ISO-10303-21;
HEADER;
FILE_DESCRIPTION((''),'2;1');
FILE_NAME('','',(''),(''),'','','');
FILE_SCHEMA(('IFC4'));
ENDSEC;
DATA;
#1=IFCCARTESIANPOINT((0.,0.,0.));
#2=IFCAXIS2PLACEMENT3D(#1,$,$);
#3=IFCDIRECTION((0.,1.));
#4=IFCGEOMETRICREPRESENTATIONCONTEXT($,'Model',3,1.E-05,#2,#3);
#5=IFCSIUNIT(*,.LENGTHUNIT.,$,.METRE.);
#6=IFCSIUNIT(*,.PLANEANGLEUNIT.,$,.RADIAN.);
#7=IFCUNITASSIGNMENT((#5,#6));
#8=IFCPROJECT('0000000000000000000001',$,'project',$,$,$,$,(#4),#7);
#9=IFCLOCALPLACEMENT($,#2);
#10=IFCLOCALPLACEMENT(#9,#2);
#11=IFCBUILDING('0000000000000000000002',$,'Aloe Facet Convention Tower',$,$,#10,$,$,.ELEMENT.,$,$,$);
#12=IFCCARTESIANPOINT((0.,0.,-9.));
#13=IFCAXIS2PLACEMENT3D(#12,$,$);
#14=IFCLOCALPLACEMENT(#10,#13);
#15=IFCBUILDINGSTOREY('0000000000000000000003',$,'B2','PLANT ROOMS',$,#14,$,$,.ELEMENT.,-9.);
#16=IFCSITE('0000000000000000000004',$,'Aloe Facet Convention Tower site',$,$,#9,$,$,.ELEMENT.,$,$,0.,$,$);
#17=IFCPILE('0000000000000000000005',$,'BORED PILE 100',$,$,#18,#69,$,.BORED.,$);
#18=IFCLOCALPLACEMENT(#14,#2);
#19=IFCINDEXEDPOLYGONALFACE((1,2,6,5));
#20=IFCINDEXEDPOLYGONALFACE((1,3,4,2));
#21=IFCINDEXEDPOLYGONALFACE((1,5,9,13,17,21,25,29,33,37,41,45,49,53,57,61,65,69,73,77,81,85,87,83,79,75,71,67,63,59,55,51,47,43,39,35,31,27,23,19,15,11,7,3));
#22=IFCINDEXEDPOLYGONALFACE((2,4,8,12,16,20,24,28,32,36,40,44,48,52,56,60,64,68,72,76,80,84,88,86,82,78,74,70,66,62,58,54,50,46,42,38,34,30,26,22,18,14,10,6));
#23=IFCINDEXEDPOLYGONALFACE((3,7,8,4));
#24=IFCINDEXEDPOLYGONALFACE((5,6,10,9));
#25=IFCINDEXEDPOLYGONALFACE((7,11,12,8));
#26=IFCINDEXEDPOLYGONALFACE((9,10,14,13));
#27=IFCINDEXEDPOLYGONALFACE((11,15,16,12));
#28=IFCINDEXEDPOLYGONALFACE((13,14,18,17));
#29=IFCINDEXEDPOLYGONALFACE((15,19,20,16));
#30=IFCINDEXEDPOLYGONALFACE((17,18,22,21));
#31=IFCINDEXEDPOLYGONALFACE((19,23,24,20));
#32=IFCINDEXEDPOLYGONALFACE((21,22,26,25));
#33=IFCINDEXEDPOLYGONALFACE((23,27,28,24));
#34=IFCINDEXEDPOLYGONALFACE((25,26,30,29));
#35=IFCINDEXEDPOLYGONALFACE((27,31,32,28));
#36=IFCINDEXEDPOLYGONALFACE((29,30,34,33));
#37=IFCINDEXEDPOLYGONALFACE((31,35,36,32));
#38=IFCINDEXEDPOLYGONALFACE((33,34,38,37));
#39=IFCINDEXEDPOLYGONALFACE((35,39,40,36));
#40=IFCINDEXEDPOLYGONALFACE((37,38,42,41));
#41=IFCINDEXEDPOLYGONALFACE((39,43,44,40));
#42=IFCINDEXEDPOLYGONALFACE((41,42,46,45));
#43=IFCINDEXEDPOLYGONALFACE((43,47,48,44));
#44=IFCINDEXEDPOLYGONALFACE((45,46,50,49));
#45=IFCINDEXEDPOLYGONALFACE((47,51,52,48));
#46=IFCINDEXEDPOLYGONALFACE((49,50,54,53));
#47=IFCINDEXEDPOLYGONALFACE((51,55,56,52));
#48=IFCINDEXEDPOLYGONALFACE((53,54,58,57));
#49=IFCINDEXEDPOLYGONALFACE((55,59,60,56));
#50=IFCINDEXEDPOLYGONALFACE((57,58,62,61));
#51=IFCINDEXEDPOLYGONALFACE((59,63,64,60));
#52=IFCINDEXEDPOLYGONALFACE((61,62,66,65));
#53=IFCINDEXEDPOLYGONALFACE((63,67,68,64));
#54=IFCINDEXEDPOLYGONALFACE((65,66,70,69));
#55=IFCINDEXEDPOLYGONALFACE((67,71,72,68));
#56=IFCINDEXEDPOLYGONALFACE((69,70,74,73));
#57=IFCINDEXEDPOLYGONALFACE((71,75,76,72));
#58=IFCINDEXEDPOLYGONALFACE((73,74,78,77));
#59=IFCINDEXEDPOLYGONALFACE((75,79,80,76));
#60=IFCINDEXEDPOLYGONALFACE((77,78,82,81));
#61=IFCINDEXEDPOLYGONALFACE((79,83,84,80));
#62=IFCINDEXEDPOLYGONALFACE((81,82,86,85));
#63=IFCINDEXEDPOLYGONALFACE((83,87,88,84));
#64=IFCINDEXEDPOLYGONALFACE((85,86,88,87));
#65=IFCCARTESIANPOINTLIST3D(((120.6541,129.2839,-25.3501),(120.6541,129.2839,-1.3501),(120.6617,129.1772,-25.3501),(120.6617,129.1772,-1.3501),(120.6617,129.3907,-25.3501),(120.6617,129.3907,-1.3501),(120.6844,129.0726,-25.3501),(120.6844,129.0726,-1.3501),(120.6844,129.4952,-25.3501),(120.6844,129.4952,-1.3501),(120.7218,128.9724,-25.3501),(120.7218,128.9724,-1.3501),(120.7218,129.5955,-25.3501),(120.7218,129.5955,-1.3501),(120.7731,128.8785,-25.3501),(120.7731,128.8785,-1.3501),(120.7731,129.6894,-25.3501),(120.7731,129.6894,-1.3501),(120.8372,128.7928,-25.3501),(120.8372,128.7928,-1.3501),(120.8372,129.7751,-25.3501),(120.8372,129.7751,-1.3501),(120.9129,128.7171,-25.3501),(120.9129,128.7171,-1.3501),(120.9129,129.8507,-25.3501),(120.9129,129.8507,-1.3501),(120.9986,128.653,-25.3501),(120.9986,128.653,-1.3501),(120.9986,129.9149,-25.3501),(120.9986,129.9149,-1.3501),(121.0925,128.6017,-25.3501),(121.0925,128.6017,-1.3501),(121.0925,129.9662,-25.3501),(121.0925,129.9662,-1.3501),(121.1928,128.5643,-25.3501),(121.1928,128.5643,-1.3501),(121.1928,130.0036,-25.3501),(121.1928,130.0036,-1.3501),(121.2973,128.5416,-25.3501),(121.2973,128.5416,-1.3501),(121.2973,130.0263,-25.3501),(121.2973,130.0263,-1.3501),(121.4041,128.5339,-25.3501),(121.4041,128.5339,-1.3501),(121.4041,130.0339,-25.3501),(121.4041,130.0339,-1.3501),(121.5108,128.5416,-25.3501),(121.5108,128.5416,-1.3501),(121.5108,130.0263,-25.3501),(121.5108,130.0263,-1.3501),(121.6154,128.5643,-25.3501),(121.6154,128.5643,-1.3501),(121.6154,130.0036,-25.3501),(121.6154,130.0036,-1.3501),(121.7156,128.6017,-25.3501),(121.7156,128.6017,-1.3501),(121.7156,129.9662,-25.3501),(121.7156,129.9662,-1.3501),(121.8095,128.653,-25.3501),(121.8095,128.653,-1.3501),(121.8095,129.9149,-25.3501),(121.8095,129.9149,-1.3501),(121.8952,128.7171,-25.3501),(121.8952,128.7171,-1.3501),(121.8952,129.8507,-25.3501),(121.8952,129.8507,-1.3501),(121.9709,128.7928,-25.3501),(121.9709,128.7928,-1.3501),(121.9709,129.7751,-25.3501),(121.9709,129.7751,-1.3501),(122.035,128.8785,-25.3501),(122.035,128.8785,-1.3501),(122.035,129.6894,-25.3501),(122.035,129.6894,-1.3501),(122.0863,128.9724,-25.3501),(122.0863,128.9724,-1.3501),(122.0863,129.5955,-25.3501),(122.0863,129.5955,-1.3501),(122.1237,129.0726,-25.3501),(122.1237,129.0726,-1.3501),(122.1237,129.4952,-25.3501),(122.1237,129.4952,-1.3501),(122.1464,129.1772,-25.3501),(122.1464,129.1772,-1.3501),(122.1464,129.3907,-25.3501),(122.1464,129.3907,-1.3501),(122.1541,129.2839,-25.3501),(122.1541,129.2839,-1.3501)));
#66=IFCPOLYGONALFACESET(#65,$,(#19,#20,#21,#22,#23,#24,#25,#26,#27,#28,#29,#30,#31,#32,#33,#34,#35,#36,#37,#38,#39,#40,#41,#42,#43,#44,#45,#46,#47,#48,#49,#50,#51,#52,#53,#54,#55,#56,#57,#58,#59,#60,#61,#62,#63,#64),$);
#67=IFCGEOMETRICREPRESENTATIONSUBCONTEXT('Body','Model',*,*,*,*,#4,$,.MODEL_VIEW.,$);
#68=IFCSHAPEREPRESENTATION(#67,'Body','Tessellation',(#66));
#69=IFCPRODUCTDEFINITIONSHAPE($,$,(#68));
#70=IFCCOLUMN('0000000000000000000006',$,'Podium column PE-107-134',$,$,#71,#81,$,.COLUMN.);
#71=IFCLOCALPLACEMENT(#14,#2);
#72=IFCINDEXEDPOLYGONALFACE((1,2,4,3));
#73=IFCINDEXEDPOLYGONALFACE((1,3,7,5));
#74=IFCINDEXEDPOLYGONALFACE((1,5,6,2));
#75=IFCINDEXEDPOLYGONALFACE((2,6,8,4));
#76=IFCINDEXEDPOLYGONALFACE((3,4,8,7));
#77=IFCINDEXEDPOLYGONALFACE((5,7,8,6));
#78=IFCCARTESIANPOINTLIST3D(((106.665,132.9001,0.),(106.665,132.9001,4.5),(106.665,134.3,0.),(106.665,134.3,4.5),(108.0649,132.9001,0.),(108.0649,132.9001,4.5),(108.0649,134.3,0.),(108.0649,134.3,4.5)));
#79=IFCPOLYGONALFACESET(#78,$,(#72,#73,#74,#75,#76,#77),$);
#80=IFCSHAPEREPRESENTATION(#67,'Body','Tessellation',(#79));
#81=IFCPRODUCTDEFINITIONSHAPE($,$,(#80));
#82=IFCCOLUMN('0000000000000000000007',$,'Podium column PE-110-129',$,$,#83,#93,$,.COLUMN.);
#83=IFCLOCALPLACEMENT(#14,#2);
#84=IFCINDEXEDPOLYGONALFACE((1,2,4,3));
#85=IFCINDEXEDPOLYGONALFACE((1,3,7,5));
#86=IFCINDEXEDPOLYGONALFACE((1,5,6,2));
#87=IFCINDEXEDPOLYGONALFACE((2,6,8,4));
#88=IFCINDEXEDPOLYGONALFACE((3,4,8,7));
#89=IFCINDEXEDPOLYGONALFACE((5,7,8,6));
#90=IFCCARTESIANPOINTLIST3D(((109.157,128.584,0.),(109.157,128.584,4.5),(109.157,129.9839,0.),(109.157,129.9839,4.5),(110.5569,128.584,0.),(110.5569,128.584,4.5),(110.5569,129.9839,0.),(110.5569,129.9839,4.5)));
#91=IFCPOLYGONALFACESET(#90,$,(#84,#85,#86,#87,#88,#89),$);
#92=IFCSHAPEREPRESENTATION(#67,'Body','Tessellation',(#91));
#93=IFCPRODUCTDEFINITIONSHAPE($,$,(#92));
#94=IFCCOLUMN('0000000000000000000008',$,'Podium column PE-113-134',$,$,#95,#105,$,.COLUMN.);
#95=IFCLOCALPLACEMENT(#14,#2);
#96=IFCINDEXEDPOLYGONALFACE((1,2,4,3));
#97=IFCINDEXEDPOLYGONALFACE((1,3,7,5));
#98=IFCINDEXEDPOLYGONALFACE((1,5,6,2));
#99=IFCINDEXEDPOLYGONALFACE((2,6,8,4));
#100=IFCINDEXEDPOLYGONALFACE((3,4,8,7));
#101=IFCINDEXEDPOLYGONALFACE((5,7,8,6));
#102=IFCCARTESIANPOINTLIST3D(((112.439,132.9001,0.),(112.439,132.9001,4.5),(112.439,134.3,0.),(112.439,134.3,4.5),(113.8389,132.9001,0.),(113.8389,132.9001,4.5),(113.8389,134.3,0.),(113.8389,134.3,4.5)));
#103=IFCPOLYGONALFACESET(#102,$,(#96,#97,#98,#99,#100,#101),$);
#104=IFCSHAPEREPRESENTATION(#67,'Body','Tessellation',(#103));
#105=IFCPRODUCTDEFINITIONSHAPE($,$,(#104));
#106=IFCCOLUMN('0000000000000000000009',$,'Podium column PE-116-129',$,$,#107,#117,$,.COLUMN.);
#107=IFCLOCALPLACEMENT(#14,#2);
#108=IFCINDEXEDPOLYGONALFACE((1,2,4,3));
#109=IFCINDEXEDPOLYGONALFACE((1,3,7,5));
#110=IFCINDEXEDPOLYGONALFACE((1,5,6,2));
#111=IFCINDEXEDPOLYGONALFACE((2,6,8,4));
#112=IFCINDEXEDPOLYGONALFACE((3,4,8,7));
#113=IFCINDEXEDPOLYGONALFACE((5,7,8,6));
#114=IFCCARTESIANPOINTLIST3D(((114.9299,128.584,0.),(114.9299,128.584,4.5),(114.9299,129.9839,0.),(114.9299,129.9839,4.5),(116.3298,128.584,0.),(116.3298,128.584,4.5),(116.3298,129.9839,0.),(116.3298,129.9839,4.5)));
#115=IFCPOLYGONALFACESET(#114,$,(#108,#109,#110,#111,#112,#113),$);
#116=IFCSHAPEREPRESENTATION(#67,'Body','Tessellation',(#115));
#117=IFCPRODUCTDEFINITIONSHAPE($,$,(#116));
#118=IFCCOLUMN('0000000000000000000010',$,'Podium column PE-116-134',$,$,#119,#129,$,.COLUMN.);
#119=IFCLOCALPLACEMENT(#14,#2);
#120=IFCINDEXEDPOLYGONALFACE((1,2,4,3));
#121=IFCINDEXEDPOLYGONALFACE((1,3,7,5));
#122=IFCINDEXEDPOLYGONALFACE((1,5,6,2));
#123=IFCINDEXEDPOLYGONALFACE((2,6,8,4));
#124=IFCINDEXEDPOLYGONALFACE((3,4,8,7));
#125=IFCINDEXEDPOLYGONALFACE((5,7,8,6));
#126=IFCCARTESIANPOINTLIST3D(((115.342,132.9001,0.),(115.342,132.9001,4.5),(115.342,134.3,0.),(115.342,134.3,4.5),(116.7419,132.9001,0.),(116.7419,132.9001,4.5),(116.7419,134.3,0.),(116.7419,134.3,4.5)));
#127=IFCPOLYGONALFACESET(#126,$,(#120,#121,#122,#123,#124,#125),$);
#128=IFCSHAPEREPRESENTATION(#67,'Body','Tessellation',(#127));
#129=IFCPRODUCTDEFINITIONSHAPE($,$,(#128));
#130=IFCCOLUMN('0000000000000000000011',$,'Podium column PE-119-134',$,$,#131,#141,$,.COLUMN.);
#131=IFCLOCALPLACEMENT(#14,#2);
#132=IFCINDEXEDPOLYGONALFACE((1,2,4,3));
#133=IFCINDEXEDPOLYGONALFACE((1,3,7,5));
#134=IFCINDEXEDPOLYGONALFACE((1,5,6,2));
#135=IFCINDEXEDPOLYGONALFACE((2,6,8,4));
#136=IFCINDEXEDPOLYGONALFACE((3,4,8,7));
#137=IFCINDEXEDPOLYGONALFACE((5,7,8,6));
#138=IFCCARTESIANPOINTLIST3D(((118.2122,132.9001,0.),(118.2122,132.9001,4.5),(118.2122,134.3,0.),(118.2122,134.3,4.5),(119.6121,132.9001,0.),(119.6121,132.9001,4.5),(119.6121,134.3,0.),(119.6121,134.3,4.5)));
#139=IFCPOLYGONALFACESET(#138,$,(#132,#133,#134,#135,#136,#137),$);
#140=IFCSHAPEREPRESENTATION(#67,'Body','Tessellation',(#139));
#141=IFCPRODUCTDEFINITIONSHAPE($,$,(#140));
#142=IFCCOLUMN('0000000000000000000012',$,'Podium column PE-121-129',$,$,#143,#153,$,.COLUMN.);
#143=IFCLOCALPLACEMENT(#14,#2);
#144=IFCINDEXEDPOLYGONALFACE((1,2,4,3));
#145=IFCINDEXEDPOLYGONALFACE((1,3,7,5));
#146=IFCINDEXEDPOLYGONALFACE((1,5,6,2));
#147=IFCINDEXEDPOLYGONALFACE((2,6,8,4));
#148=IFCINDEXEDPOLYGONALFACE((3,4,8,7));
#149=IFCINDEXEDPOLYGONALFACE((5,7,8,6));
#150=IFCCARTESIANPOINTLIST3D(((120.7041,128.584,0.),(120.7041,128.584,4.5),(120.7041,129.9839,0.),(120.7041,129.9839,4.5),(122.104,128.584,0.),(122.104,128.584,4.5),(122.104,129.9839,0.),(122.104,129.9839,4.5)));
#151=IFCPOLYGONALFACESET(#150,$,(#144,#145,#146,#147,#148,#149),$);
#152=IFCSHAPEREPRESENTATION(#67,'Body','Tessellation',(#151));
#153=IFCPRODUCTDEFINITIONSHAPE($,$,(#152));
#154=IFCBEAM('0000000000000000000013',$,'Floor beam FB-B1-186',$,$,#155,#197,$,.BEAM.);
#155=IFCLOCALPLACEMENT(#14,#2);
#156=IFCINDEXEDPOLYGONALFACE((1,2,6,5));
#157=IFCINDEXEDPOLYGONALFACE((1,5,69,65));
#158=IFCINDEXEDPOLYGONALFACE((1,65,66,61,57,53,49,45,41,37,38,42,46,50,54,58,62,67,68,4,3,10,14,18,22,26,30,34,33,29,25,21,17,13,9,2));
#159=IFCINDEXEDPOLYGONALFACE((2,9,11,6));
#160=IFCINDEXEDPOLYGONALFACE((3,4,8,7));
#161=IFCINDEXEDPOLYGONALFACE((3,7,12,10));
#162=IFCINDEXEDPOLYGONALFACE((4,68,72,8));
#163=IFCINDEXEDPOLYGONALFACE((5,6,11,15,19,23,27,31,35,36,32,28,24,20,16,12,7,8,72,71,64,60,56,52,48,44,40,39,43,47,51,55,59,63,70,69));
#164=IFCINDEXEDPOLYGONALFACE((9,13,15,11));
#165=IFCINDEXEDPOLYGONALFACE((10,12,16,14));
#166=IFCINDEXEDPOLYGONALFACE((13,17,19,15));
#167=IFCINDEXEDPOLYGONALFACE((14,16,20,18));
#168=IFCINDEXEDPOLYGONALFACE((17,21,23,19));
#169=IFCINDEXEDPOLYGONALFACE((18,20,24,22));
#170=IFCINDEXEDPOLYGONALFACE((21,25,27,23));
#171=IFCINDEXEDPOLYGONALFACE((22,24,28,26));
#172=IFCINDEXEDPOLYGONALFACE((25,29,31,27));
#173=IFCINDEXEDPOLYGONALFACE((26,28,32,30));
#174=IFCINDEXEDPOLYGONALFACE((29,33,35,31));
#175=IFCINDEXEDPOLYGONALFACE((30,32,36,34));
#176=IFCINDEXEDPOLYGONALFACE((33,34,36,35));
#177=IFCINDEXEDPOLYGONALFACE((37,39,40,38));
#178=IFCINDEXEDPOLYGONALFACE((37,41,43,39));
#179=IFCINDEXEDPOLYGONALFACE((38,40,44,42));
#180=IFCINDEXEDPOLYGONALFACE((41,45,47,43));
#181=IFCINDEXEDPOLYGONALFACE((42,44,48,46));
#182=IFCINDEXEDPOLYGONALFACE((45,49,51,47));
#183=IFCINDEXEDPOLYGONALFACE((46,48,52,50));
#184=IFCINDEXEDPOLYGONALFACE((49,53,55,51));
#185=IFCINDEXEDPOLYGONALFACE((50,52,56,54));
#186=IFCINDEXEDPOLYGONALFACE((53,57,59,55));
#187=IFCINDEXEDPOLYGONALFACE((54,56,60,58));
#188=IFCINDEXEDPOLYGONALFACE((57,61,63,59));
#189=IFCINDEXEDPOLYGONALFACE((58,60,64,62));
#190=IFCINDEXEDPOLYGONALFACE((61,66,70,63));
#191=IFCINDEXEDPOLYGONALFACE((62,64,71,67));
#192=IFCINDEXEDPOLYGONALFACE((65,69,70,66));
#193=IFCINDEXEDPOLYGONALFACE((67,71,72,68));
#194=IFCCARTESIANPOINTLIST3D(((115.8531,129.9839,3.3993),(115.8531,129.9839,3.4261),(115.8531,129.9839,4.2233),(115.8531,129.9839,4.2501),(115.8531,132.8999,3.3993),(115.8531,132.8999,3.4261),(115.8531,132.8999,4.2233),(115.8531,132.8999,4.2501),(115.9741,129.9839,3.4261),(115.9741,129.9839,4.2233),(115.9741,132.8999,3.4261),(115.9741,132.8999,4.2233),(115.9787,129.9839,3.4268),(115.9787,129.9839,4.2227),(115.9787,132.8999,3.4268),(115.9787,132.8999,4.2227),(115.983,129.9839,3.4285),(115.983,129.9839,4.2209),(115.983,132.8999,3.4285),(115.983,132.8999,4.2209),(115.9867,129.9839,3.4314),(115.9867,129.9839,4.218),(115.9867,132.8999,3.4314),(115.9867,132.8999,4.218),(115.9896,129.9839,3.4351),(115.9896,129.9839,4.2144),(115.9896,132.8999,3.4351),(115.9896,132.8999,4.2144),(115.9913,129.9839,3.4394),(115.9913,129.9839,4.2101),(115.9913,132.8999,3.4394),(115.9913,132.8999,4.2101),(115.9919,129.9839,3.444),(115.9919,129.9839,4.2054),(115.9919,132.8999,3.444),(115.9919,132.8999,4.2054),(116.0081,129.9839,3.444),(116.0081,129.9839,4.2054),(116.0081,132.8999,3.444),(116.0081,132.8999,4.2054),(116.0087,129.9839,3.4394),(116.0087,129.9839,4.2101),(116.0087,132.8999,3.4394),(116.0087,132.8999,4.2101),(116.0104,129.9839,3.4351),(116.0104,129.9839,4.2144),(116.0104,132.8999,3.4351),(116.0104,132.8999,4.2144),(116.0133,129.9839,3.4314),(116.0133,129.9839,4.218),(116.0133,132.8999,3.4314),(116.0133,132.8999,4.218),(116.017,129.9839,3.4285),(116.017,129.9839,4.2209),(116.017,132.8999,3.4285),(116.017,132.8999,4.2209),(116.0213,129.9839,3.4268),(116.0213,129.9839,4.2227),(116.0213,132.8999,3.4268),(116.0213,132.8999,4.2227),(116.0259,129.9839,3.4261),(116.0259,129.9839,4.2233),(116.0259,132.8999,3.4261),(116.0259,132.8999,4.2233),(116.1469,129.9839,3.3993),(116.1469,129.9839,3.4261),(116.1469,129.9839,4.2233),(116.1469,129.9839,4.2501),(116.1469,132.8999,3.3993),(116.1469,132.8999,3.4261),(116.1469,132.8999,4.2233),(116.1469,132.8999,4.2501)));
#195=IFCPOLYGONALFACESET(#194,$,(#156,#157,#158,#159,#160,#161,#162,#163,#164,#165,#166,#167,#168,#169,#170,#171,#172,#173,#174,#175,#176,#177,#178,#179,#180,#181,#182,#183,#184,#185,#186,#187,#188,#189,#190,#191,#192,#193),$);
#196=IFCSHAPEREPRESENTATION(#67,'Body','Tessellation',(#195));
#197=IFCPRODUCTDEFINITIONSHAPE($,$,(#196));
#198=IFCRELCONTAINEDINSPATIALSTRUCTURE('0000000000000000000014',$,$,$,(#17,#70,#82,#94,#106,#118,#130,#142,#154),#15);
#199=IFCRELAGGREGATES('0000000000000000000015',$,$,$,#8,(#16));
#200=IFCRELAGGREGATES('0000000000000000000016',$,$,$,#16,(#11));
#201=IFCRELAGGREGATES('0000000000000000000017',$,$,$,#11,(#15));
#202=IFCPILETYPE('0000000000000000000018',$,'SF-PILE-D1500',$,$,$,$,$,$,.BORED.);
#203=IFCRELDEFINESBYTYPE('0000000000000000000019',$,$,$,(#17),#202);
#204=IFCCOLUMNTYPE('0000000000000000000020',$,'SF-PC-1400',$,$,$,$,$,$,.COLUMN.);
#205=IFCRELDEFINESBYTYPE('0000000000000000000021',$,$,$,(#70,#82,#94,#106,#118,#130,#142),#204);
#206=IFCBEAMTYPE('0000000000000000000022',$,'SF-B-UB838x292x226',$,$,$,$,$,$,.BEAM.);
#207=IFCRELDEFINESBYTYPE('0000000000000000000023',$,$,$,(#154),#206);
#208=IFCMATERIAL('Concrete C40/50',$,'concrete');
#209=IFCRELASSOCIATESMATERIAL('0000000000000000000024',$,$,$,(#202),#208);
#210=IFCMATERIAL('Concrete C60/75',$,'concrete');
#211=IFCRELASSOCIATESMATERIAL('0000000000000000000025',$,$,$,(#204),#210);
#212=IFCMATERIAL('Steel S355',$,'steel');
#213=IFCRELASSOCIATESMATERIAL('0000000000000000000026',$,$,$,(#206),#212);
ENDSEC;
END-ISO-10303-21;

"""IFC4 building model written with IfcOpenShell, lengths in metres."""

from ifc_helpers import new_model, si_unit, direction, frame, origin, origin_2d, place, context, subcontext, project, spatial, rectangle, circle, i_section, extrude, material, material_profile, profile_set, type_object, element, save


model = new_model("IFC4")

# Units and contexts
model_context = context("Model", 3, precision=1e-05, world=origin(), true_north=direction((0.0, 1.0)))
body_context = subcontext(model_context, "Body", "Model", "MODEL_VIEW")
ifc_project = project(units=[si_unit("LENGTHUNIT", "METRE"), si_unit("PLANEANGLEUNIT", "RADIAN")], contexts=[model_context])

# Site, building, storey
site_placement = place(None, origin())
site = spatial("IfcSite", under=ifc_project, at=site_placement, Name="Aloe Facet Convention Tower site", CompositionType="ELEMENT", RefElevation=0.0)
building_placement = place(site_placement, origin())
building = spatial("IfcBuilding", under=site, at=building_placement, Name="Aloe Facet Convention Tower", CompositionType="ELEMENT")
storey_placement = place(building_placement, frame((0.0, 0.0, -9.0)))
storey = spatial("IfcBuildingStorey", under=building, at=storey_placement, Name="B2", Description="PLANT ROOMS", CompositionType="ELEMENT", Elevation=-9.0)

# Pile
ifc_material_1 = material(Name="Concrete C40/50", Category="concrete")
ifc_material_profile_1 = material_profile(ifc_material_1, circle(Radius=0.75, at=origin_2d()), Name="D1500")
ifc_profile_set_1 = profile_set([ifc_material_profile_1], Name="Concrete C40/50")
pile_type = type_object("IfcPileType", Name="SF-PILE-D1500", PredefinedType="BORED", material=ifc_profile_set_1)
for number, where, z_axis, x_axis, name in (
    (1, (121.4041, 129.2839, -1.3501), (0.0, 0.0, -1.0), (1.0, 0.0, 0.0), "BORED PILE 100"),
):
    element("IfcPile", number, at=place(storey_placement, frame(where, z_axis=z_axis, x_axis=x_axis)), inside=storey, type_object=pile_type, Name=name, PredefinedType="BORED", context=body_context, shape_type="SweptSolid", body=[
        extrude(circle(Radius=0.75, at=origin_2d()), origin(), (0.0, 0.0, 1.0), 24.0),
    ])

# Columns
ifc_material_2 = material(Name="Concrete C60/75", Category="concrete")
ifc_material_profile_2 = material_profile(ifc_material_2, rectangle(XDim=1.3999, YDim=1.3999, at=origin_2d()), Name="SF-PC-1400")
ifc_profile_set_2 = profile_set([ifc_material_profile_2], Name="Concrete C60/75")
column_type = type_object("IfcColumnType", Name="SF-PC-1400", PredefinedType="COLUMN", material=ifc_profile_set_2)
for number, where, z_axis, x_axis, name in (
    (2, (107.365, 133.6001, 0.0), (0.0, 0.0, 1.0), (1.0, 0.0, 0.0), "Podium column PE-107-134"),
    (3, (109.8569, 129.2839, 0.0), (0.0, 0.0, 1.0), (1.0, 0.0, 0.0), "Podium column PE-110-129"),
    (4, (113.1389, 133.6001, 0.0), (0.0, 0.0, 1.0), (1.0, 0.0, 0.0), "Podium column PE-113-134"),
    (5, (115.6299, 129.2839, 0.0), (0.0, 0.0, 1.0), (1.0, 0.0, 0.0), "Podium column PE-116-129"),
    (6, (116.042, 133.6001, 0.0), (0.0, 0.0, 1.0), (1.0, 0.0, 0.0), "Podium column PE-116-134"),
    (7, (118.9121, 133.6001, 0.0), (0.0, 0.0, 1.0), (1.0, 0.0, 0.0), "Podium column PE-119-134"),
    (8, (121.4041, 129.2839, 0.0), (0.0, 0.0, 1.0), (1.0, 0.0, 0.0), "Podium column PE-121-129"),
):
    element("IfcColumn", number, at=place(storey_placement, frame(where, z_axis=z_axis, x_axis=x_axis)), inside=storey, type_object=column_type, Name=name, PredefinedType="COLUMN", context=body_context, shape_type="SweptSolid", body=[
        extrude(rectangle(XDim=1.3999, YDim=1.3999, at=origin_2d()), origin(), (0.0, 0.0, 1.0), 4.5),
    ])

# Beam
ifc_material_3 = material(Name="Steel S355", Category="steel")
ifc_material_profile_3 = material_profile(ifc_material_3, i_section(OverallWidth=0.2937, OverallDepth=0.8508, WebThickness=0.0161, FlangeThickness=0.0269, FilletRadius=0.0178, at=origin_2d()), Name="UB 838x292x226")
ifc_profile_set_3 = profile_set([ifc_material_profile_3], Name="Steel S355")
beam_type = type_object("IfcBeamType", Name="SF-B-UB838x292x226", PredefinedType="BEAM", material=ifc_profile_set_3)
beam_placement = place(storey_placement, frame((116.0, 129.9839, 3.8247), z_axis=(0.0, 1.0, 0.0), x_axis=(-1.0, 0.0, 0.0)))
element("IfcBeam", 9, at=beam_placement, inside=storey, type_object=beam_type, Name="Floor beam FB-B1-186", PredefinedType="BEAM", context=body_context, shape_type="SweptSolid", body=[
    extrude(i_section(OverallWidth=0.2937, OverallDepth=0.8508, WebThickness=0.0161, FlangeThickness=0.0269, FilletRadius=0.0178, at=origin_2d()), origin(), (0.0, 0.0, 1.0), 2.916),
])

save(model, "model.ifc")
